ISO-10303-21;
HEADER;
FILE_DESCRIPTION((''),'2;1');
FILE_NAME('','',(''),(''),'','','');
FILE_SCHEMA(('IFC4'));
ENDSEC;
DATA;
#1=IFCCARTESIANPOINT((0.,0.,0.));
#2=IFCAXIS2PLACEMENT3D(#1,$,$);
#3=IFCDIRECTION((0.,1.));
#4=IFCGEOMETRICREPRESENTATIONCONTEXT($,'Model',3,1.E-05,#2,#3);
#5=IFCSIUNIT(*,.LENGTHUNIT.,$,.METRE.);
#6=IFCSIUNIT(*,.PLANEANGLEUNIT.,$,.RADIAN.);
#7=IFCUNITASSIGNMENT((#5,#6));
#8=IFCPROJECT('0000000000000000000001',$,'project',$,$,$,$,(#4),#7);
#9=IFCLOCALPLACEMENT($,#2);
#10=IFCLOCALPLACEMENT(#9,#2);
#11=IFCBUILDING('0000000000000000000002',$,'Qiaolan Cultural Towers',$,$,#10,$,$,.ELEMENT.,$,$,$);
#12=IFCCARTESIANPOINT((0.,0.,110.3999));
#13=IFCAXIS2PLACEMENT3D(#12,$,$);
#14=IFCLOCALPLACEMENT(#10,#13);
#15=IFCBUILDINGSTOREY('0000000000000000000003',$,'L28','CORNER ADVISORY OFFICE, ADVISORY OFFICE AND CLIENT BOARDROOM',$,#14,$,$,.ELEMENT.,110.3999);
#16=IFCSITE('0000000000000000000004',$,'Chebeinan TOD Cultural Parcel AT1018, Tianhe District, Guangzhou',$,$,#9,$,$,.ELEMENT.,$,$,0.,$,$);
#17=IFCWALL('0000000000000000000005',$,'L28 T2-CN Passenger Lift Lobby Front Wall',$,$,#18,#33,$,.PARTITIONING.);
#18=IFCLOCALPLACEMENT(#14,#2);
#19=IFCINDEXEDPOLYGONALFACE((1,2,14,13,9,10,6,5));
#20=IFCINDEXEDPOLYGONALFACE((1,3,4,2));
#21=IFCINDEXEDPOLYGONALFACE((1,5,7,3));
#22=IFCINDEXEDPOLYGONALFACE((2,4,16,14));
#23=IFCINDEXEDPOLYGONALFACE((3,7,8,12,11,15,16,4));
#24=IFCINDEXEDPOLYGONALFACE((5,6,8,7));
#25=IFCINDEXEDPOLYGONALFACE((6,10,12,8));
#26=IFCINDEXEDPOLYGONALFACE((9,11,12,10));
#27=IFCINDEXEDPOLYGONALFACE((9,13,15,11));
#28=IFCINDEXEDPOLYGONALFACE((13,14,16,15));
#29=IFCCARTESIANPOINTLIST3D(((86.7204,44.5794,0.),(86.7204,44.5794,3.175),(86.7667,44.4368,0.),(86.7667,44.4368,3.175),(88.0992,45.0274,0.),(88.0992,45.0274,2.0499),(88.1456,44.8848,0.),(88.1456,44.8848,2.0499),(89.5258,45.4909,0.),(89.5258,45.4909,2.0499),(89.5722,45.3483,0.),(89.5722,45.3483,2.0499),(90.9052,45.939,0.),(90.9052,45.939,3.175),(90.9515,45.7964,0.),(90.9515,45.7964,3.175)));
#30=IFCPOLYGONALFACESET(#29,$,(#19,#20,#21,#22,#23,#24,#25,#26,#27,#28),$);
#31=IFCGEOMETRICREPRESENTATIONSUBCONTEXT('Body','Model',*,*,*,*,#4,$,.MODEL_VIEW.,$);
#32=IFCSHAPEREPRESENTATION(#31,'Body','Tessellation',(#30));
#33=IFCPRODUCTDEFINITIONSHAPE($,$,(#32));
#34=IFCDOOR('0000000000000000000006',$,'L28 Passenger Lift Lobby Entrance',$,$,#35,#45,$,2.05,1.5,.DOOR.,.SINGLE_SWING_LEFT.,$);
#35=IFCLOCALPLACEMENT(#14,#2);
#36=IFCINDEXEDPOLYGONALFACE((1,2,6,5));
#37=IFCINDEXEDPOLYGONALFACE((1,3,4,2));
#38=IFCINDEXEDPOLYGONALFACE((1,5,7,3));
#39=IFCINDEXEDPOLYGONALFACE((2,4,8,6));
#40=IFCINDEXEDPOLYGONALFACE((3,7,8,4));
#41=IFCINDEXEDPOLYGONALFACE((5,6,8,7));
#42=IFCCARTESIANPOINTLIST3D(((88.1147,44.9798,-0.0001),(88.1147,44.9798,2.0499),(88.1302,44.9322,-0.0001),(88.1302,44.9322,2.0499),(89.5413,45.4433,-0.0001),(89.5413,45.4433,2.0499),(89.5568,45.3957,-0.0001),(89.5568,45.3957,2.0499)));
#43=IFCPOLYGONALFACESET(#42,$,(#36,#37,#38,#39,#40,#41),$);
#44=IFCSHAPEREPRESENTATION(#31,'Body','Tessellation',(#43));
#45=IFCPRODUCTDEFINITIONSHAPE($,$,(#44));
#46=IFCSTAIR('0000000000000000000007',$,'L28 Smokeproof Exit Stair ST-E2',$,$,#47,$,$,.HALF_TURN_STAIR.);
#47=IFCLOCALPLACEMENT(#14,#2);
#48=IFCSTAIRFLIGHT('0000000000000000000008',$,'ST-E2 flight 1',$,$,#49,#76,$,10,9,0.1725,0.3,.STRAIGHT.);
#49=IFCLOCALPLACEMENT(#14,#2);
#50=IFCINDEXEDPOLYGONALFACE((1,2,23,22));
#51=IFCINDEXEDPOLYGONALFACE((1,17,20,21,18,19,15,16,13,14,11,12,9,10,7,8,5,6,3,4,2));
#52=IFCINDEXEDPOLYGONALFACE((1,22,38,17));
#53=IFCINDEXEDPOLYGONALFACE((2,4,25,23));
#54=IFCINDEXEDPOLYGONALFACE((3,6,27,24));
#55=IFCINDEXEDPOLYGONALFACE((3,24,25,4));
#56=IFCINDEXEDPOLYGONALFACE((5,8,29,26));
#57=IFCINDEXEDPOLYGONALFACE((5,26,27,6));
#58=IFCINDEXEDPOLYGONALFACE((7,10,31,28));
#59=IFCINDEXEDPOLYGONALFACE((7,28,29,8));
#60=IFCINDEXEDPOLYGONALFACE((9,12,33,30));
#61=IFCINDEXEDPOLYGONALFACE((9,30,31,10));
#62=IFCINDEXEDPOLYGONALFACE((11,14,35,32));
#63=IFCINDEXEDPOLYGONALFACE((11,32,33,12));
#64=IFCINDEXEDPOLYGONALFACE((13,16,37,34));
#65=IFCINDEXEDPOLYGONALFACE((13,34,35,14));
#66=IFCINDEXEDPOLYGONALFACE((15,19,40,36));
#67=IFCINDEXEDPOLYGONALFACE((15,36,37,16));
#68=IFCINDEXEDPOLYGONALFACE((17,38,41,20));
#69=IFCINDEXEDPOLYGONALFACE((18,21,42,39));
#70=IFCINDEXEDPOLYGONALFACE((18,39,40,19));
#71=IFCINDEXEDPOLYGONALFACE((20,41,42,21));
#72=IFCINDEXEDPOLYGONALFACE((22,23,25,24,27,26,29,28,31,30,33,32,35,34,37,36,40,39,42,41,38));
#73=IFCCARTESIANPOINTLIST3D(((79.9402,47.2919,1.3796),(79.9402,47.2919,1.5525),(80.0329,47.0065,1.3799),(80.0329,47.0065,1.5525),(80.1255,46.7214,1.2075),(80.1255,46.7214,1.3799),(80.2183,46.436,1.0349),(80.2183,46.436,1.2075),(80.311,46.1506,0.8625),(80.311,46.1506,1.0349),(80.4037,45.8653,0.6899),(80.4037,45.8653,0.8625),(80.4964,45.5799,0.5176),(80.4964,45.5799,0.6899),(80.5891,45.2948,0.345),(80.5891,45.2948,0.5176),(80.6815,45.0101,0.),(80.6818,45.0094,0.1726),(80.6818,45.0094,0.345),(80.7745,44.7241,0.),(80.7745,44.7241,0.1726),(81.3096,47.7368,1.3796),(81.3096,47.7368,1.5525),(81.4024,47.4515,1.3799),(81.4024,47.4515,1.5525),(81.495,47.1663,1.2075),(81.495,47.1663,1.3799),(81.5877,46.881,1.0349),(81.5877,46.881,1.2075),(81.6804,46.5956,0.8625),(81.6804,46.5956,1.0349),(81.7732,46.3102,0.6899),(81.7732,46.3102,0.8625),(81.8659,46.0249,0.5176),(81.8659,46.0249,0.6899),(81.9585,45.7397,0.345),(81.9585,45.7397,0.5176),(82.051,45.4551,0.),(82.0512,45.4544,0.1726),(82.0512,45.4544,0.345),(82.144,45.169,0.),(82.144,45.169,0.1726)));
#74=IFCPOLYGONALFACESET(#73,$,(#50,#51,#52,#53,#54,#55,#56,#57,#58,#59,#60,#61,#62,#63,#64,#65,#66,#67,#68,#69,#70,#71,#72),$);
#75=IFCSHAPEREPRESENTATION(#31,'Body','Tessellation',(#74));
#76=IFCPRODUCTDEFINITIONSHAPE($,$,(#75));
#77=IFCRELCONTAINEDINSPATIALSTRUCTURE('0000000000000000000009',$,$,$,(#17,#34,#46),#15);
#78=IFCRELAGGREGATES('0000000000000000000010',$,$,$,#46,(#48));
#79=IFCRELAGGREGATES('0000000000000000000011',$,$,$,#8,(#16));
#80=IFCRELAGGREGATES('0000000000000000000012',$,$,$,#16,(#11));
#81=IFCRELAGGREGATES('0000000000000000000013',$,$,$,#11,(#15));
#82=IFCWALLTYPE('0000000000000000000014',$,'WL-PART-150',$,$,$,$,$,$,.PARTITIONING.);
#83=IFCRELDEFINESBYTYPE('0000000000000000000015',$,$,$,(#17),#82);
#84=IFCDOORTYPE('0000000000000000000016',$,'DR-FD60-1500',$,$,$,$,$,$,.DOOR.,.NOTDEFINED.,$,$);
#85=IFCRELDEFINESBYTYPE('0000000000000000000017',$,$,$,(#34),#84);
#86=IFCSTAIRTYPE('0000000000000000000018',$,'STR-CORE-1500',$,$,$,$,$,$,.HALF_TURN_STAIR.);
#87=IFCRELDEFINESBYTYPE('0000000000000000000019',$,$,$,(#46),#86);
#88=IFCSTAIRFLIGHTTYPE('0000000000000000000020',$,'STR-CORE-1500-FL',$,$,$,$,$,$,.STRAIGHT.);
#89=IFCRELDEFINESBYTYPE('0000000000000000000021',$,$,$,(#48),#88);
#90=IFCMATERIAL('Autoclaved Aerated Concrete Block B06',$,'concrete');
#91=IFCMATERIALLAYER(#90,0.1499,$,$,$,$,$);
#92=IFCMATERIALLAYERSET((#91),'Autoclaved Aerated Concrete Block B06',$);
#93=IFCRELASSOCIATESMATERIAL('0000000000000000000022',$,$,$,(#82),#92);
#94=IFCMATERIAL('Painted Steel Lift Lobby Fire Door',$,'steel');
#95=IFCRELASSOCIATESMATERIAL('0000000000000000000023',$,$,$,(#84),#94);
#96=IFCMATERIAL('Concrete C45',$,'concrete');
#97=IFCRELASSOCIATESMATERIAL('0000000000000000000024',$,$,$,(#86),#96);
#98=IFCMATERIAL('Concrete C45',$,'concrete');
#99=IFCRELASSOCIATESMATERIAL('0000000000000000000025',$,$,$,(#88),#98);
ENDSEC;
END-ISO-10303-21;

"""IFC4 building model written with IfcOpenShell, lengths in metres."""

from ifc_helpers import new_model, si_unit, direction, frame, frame_2d, origin, place, context, subcontext, project, spatial, polyline, rectangle, outline, extrude, material, layer, layer_set, type_object, element, fill, aggregate, save


model = new_model("IFC4")

# Units and contexts
model_context = context("Model", 3, precision=1e-05, world=origin(), true_north=direction((0.0, 1.0)))
body_context = subcontext(model_context, "Body", "Model", "MODEL_VIEW")
ifc_project = project(units=[si_unit("LENGTHUNIT", "METRE"), si_unit("PLANEANGLEUNIT", "RADIAN")], contexts=[model_context])

# Site, building, storey
site_placement = place(None, origin())
site = spatial("IfcSite", under=ifc_project, at=site_placement, Name="Chebeinan TOD Cultural Parcel AT1018, Tianhe District, Guangzhou", CompositionType="ELEMENT", RefElevation=0.0)
building_placement = place(site_placement, origin())
building = spatial("IfcBuilding", under=site, at=building_placement, Name="Qiaolan Cultural Towers", CompositionType="ELEMENT")
storey_placement = place(building_placement, frame((0.0, 0.0, 110.3999)))
storey = spatial("IfcBuildingStorey", under=building, at=storey_placement, Name="L28", Description="CORNER ADVISORY OFFICE, ADVISORY OFFICE AND CLIENT BOARDROOM", CompositionType="ELEMENT", Elevation=110.3999)

# Wall, opening, door
ifc_material_1 = material(Name="Autoclaved Aerated Concrete Block B06", Category="concrete")
ifc_layer_1 = layer(ifc_material_1, 0.1499)
ifc_layer_set_1 = layer_set([ifc_layer_1], Name="Autoclaved Aerated Concrete Block B06")
wall_type_1 = type_object("IfcWallType", Name="WL-PART-150", PredefinedType="PARTITIONING", material=ifc_layer_set_1)
wall_1_placement = place(storey_placement, frame((86.7434, 44.5081, 0.0), z_axis=(0.0, 0.0, 1.0), x_axis=(0.951064, 0.308994, 0.0)))
wall_1 = element("IfcWall", 1, at=wall_1_placement, inside=storey, type_object=wall_type_1, Name="L28 T2-CN Passenger Lift Lobby Front Wall", PredefinedType="PARTITIONING", context=body_context, shape_type="SweptSolid", body=[
    extrude(rectangle(XDim=4.4001, YDim=0.1499, at=frame_2d((2.2002, 0.0))), origin(), (0.0, 0.0, 1.0), 3.175),
])
opening_1_placement = place(wall_1_placement, frame((1.45, 0.0, 0.0)))
opening_1 = element("IfcOpeningElement", 2, at=opening_1_placement, cuts=wall_1, PredefinedType="OPENING", context=body_context, shape_type="SweptSolid", body=[
    extrude(rectangle(XDim=1.5, YDim=2.05, at=frame_2d((0.75, 1.0249))), frame((0.0, 0.085, 0.0), z_axis=(0.0, -1.0, 0.0), x_axis=(1.0, 0.0, 0.0)), (0.0, 0.0, 1.0), 0.1699),
])
ifc_material_2 = material(Name="Painted Steel Lift Lobby Fire Door", Category="steel")
door_type_1 = type_object("IfcDoorType", Name="DR-FD60-1500", OperationType="NOTDEFINED", PredefinedType="DOOR", material=ifc_material_2)
door_1_placement = place(opening_1_placement, origin())
door_1 = element("IfcDoor", 3, at=door_1_placement, inside=storey, type_object=door_type_1, Name="L28 Passenger Lift Lobby Entrance", OperationType="SINGLE_SWING_LEFT", OverallHeight=2.05, OverallWidth=1.5, PredefinedType="DOOR", context=body_context, shape_type="SweptSolid", body=[
    extrude(rectangle(XDim=1.5, YDim=2.05, at=frame_2d((0.75, 1.0249))), frame((0.0, 0.0249, 0.0), z_axis=(0.0, -1.0, 0.0), x_axis=(1.0, 0.0, 0.0)), (0.0, 0.0, 1.0), 0.05),
])
fill(opening_1, door_1)

# Stair, stair flight
ifc_material_3 = material(Name="Concrete C45", Category="concrete")
stair_type = type_object("IfcStairType", Name="STR-CORE-1500", PredefinedType="HALF_TURN_STAIR", material=ifc_material_3)
stair_placement = place(storey_placement, origin())
stair = element("IfcStair", 4, at=stair_placement, inside=storey, type_object=stair_type, Name="L28 Smokeproof Exit Stair ST-E2", PredefinedType="HALF_TURN_STAIR")
ifc_material_4 = material(Name="Concrete C45", Category="concrete")
stair_flight_type = type_object("IfcStairFlightType", Name="STR-CORE-1500-FL", PredefinedType="STRAIGHT", material=ifc_material_4)
stair_flight_placement = place(storey_placement, frame((81.4592, 44.9465, 0.0), z_axis=(0.0, 0.0, 1.0), x_axis=(-0.309017, 0.951057, 0.0)))
stair_flight = element("IfcStairFlight", 5, at=stair_flight_placement, type_object=stair_flight_type, Name="ST-E2 flight 1", NumberOfRisers=10, NumberOfTreads=9, PredefinedType="STRAIGHT", RiserHeight=0.1725, TreadLength=0.3, context=body_context, shape_type="SweptSolid", body=[
    extrude(outline(polyline([(0.0, 0.0), (0.0, 0.1726), (0.3, 0.1726), (0.3, 0.345), (0.6001, 0.345), (0.6001, 0.5176), (0.8999, 0.5176), (0.8999, 0.6899), (1.2, 0.6899), (1.2, 0.8625), (1.5, 0.8625), (1.5, 1.0349), (1.8, 1.0349), (1.8, 1.2075), (2.1001, 1.2075), (2.1001, 1.3799), (2.3999, 1.3799), (2.3999, 1.5525), (2.7, 1.5525), (2.7, 1.7251), (2.7, 1.3796), (0.3008, 0.0), (0.0, 0.0)])), frame((0.0, 0.72, 0.0), z_axis=(0.0, -1.0, 0.0), x_axis=(1.0, 0.0, 0.0)), (0.0, 0.0, 1.0), 1.4399),
])
aggregate(stair, [stair_flight])

save(model, "model.ifc")
